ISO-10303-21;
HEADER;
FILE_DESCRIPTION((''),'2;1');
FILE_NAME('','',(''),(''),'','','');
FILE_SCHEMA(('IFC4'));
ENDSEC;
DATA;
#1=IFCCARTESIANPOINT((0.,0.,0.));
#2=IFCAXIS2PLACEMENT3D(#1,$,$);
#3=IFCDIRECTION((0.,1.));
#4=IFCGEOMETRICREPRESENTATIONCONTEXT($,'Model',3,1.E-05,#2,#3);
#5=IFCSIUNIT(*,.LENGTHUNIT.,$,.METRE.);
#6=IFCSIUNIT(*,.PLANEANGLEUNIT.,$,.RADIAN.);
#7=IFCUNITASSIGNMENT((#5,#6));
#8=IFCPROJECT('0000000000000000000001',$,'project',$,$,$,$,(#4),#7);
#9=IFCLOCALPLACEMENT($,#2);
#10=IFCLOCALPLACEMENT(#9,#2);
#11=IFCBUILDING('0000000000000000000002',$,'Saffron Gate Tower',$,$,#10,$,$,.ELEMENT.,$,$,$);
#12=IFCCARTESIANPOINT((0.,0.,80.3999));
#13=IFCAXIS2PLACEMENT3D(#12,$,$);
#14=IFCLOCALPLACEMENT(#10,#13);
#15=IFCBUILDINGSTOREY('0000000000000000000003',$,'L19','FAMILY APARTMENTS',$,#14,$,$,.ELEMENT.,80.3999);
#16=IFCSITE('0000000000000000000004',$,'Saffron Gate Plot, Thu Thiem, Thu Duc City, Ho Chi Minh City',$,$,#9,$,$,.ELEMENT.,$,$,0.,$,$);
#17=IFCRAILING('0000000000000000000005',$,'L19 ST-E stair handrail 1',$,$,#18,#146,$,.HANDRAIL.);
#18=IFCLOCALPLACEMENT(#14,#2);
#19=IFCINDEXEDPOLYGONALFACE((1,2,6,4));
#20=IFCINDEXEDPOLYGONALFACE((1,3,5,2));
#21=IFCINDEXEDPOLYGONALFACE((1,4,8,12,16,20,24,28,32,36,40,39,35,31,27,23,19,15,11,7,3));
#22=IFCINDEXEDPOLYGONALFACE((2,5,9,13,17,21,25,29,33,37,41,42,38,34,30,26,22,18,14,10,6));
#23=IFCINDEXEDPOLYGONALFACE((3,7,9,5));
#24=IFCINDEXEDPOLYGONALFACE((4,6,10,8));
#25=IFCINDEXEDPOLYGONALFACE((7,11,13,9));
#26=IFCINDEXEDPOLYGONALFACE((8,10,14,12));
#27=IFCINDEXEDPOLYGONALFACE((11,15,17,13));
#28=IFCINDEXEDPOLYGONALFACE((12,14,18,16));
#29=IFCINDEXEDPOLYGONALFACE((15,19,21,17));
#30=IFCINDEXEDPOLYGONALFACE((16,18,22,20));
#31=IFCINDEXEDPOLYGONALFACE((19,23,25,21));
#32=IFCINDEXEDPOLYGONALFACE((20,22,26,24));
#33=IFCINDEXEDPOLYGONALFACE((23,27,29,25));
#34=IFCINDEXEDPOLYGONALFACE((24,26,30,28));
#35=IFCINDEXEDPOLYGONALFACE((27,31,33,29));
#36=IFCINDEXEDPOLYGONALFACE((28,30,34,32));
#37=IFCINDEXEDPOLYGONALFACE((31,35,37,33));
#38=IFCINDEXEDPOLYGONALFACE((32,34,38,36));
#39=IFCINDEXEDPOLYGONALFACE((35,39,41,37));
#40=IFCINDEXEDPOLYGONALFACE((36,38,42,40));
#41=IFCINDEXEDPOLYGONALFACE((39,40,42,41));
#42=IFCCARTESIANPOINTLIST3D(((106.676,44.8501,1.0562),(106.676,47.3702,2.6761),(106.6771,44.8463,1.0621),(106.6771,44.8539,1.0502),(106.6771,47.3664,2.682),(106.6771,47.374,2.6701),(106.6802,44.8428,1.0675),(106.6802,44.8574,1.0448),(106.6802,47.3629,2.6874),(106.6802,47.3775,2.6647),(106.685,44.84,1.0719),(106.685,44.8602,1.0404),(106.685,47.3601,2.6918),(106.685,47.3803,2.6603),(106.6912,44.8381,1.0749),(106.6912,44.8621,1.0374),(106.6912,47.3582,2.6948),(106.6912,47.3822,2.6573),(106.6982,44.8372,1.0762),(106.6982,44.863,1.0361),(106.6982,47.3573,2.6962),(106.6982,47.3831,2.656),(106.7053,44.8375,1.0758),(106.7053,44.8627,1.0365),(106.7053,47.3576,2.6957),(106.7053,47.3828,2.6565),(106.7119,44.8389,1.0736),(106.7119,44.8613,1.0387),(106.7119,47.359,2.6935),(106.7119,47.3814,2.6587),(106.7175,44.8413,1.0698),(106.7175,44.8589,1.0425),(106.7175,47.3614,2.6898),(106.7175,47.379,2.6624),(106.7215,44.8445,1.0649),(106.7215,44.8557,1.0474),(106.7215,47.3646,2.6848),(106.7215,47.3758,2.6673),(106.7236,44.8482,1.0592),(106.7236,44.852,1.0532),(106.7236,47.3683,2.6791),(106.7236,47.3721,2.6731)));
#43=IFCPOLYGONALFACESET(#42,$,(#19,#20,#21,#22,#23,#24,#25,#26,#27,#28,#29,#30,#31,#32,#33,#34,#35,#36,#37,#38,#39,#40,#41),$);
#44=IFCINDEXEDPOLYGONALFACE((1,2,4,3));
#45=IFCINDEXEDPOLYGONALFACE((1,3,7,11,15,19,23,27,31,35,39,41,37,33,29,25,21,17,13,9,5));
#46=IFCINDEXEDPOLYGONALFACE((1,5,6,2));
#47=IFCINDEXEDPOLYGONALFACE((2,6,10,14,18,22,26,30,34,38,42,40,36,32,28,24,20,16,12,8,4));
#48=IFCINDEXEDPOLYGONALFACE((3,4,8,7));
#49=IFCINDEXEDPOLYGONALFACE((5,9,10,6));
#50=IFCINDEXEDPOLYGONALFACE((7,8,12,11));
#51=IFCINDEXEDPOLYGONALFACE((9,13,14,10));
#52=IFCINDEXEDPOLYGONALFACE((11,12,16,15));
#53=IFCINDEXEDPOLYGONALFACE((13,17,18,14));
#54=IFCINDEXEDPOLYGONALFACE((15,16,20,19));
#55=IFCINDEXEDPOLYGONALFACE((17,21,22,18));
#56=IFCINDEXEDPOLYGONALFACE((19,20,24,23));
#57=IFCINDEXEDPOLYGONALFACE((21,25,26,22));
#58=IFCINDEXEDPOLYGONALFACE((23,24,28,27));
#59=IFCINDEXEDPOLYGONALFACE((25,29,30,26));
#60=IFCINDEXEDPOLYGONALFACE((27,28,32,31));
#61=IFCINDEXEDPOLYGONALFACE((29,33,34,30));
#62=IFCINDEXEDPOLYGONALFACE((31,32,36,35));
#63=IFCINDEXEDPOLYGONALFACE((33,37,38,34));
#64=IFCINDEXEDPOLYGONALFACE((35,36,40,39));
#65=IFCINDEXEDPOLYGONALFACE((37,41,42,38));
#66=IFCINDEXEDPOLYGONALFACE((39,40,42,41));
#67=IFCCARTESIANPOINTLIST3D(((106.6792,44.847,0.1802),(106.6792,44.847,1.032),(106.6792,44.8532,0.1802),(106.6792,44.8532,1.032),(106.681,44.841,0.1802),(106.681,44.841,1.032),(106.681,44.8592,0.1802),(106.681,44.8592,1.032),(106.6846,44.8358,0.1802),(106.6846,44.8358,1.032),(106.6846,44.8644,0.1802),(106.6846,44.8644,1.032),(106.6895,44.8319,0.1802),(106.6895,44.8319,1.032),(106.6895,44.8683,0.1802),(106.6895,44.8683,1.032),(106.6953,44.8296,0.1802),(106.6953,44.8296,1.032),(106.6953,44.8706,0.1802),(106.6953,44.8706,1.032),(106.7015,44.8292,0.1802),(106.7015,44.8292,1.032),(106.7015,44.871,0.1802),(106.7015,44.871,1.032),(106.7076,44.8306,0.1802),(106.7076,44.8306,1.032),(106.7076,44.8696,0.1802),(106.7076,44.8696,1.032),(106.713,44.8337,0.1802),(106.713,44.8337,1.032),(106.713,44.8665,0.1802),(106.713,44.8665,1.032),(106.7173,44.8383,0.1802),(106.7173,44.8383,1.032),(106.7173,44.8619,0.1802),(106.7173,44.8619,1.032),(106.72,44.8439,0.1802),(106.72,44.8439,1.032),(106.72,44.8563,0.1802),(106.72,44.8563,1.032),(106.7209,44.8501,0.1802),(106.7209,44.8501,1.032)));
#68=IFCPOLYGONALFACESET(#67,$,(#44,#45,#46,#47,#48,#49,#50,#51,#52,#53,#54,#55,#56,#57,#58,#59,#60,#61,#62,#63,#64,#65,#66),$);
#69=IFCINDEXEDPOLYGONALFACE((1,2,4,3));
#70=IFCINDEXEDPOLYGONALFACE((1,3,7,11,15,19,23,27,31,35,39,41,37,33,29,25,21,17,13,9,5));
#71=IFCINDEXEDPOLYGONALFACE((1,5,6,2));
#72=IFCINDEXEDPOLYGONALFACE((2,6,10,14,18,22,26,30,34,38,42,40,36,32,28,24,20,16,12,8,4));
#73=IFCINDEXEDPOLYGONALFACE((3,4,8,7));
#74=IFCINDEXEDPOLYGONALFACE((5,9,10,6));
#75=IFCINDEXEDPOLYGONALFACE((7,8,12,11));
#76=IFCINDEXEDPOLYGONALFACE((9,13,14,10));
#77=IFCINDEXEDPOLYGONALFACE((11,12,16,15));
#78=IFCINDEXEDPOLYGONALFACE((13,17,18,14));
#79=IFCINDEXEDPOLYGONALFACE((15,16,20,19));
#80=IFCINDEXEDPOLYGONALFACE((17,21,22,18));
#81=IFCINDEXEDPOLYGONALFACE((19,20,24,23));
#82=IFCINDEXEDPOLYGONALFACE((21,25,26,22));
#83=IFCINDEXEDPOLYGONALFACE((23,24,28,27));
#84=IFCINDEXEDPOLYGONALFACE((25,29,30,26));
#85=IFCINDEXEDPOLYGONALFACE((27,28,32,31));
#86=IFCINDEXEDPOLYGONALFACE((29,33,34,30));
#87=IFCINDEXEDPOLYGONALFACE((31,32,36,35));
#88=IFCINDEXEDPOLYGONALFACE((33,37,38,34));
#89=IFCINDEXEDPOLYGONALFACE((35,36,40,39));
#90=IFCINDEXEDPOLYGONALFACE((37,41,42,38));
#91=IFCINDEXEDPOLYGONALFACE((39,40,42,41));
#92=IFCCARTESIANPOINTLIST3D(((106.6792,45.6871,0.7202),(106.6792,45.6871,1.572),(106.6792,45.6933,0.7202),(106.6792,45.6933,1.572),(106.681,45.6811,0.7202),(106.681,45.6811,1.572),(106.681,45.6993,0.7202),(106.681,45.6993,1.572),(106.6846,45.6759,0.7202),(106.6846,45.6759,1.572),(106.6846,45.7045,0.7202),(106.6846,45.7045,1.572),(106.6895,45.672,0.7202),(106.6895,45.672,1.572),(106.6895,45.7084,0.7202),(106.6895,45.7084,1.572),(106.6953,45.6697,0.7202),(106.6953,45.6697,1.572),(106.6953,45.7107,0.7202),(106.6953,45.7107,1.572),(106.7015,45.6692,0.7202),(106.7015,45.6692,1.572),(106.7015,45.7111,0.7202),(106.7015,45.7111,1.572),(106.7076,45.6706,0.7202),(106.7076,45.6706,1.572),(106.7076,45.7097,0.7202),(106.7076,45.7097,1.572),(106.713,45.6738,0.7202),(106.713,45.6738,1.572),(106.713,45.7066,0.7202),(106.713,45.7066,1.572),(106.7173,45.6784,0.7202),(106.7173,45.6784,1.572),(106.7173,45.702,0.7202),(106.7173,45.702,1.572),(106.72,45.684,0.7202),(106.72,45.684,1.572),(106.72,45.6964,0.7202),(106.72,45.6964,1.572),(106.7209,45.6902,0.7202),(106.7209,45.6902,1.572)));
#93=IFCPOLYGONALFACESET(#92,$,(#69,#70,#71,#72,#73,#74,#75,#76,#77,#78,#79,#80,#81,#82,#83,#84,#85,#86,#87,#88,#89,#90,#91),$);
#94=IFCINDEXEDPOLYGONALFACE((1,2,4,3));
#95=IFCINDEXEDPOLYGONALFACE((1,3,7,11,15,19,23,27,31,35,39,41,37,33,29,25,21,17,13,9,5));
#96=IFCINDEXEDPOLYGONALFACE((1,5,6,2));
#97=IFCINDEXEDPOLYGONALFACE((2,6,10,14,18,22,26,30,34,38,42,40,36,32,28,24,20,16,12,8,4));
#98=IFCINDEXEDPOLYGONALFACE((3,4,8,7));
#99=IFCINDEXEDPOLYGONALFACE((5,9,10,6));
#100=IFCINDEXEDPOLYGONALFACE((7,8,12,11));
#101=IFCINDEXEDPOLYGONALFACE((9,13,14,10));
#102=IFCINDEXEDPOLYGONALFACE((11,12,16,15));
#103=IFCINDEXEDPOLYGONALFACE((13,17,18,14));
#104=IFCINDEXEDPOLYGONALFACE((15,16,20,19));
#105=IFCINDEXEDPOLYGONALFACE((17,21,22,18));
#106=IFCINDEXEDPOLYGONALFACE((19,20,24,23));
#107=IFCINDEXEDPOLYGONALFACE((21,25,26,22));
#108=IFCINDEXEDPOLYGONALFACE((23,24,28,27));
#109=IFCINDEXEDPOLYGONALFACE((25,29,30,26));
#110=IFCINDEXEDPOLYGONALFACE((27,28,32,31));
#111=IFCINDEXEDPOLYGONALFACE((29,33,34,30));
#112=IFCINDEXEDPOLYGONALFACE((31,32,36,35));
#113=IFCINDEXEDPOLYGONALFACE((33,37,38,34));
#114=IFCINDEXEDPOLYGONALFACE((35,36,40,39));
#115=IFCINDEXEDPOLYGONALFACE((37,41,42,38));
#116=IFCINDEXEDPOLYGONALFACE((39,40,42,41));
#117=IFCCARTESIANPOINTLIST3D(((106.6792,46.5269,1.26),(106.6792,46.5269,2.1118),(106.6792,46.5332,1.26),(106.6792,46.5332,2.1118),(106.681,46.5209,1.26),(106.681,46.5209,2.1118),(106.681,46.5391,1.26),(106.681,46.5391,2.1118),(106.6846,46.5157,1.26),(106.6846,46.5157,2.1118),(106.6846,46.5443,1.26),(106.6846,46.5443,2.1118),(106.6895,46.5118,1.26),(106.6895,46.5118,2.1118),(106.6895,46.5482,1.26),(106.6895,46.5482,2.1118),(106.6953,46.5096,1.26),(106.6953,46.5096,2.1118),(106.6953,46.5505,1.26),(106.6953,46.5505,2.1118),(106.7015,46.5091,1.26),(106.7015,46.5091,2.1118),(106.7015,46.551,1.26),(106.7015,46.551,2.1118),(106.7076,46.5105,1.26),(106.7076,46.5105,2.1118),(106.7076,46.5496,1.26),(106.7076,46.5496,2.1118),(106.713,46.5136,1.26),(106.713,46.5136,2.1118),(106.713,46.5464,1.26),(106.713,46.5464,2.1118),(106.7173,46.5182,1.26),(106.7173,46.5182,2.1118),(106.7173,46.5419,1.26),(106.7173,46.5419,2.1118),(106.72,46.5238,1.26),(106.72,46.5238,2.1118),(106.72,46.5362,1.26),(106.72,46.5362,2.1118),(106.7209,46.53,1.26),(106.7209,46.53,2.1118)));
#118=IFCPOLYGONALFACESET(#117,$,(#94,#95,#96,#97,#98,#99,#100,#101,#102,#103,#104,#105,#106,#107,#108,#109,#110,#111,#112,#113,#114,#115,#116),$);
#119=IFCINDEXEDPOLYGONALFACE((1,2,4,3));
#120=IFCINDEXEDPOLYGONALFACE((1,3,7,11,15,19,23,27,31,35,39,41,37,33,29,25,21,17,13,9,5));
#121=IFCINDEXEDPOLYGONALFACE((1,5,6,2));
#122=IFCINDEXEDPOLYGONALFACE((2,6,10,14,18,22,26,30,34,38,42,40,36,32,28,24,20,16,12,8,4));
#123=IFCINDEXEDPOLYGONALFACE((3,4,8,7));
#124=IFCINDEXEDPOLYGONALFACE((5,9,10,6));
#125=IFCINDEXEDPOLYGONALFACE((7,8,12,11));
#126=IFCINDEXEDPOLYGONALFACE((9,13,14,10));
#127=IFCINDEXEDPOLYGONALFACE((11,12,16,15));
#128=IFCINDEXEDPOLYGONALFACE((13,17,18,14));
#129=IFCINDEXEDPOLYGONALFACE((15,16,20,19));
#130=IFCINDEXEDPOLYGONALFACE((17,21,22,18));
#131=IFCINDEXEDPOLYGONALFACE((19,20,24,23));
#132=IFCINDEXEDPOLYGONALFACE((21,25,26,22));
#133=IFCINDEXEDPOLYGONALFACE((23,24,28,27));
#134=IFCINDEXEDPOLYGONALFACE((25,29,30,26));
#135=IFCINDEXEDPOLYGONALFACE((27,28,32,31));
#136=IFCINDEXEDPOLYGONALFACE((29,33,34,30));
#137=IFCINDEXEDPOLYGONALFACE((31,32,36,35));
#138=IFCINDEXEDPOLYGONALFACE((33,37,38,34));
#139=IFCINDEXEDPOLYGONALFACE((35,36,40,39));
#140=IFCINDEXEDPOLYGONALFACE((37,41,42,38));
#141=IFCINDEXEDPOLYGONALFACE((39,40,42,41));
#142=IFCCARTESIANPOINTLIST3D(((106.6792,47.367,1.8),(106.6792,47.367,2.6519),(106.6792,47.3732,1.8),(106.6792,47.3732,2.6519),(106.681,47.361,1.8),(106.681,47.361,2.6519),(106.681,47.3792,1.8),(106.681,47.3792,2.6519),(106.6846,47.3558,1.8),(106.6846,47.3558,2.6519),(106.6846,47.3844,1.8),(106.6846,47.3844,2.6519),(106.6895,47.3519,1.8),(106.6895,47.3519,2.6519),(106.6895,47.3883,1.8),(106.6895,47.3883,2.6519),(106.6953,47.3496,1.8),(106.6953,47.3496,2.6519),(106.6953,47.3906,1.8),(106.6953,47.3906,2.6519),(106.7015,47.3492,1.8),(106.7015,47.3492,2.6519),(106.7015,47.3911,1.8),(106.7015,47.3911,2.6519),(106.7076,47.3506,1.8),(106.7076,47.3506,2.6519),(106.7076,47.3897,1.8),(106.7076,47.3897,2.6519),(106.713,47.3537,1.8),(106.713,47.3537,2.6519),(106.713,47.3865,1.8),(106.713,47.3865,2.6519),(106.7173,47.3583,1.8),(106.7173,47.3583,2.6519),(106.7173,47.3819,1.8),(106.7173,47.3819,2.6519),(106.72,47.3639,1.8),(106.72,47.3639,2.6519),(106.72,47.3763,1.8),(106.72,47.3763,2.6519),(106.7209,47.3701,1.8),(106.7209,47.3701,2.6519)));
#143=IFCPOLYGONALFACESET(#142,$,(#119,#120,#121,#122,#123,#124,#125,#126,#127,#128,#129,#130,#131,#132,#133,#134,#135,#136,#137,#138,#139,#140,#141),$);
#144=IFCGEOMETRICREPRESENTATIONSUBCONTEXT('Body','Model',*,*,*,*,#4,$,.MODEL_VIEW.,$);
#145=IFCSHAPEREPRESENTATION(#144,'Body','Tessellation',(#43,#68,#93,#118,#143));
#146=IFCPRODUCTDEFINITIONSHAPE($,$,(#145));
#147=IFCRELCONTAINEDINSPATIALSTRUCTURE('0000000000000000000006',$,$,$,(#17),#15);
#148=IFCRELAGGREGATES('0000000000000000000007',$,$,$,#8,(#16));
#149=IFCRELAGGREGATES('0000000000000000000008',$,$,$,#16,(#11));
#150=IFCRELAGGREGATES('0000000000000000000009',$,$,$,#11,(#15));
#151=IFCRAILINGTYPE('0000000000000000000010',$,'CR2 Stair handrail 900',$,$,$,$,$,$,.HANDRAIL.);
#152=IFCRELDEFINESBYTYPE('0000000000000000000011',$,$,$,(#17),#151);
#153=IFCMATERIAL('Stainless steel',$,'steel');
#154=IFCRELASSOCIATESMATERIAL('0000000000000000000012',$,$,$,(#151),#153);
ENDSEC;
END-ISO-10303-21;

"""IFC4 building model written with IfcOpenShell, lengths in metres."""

from ifc_helpers import new_model, si_unit, direction, frame, origin, origin_2d, place, context, subcontext, project, spatial, circle, extrude, material, type_object, element, save


model = new_model("IFC4")

# Units and contexts
model_context = context("Model", 3, precision=1e-05, world=origin(), true_north=direction((0.0, 1.0)))
body_context = subcontext(model_context, "Body", "Model", "MODEL_VIEW")
ifc_project = project(units=[si_unit("LENGTHUNIT", "METRE"), si_unit("PLANEANGLEUNIT", "RADIAN")], contexts=[model_context])

# Site, building, storey
site_placement = place(None, origin())
site = spatial("IfcSite", under=ifc_project, at=site_placement, Name="Saffron Gate Plot, Thu Thiem, Thu Duc City, Ho Chi Minh City", CompositionType="ELEMENT", RefElevation=0.0)
building_placement = place(site_placement, origin())
building = spatial("IfcBuilding", under=site, at=building_placement, Name="Saffron Gate Tower", CompositionType="ELEMENT")
storey_placement = place(building_placement, frame((0.0, 0.0, 80.3999)))
storey = spatial("IfcBuildingStorey", under=building, at=storey_placement, Name="L19", Description="FAMILY APARTMENTS", CompositionType="ELEMENT", Elevation=80.3999)

# Railing
ifc_material_1 = material(Name="Stainless steel", Category="steel")
railing_type_1 = type_object("IfcRailingType", Name="CR2 Stair handrail 900", PredefinedType="HANDRAIL", material=ifc_material_1)
railing_1_placement = place(storey_placement, frame((106.7, 44.8501, 0.1802)))
element("IfcRailing", 1, at=railing_1_placement, inside=storey, type_object=railing_type_1, Name="L19 ST-E stair handrail 1", PredefinedType="HANDRAIL", context=body_context, shape_type="SweptSolid", body=[
    extrude(circle(Radius=0.0239, at=origin_2d()), frame((0.0, 0.0, 0.876), z_axis=(0.0, 0.8412, 0.540725), x_axis=(-1.0, 0.0, 0.0)), (0.0, 0.0, 1.0), 2.9958),
    extrude(circle(Radius=0.021, at=origin_2d()), origin(), (0.0, 0.0, 1.0), 0.8518),
    extrude(circle(Radius=0.021, at=origin_2d()), frame((0.0, 0.8401, 0.54)), (0.0, 0.0, 1.0), 0.8518),
    extrude(circle(Radius=0.021, at=origin_2d()), frame((0.0, 1.6799, 1.0798)), (0.0, 0.0, 1.0), 0.8518),
    extrude(circle(Radius=0.021, at=origin_2d()), frame((0.0, 2.52, 1.6199)), (0.0, 0.0, 1.0), 0.8518),
])

save(model, "model.ifc")
